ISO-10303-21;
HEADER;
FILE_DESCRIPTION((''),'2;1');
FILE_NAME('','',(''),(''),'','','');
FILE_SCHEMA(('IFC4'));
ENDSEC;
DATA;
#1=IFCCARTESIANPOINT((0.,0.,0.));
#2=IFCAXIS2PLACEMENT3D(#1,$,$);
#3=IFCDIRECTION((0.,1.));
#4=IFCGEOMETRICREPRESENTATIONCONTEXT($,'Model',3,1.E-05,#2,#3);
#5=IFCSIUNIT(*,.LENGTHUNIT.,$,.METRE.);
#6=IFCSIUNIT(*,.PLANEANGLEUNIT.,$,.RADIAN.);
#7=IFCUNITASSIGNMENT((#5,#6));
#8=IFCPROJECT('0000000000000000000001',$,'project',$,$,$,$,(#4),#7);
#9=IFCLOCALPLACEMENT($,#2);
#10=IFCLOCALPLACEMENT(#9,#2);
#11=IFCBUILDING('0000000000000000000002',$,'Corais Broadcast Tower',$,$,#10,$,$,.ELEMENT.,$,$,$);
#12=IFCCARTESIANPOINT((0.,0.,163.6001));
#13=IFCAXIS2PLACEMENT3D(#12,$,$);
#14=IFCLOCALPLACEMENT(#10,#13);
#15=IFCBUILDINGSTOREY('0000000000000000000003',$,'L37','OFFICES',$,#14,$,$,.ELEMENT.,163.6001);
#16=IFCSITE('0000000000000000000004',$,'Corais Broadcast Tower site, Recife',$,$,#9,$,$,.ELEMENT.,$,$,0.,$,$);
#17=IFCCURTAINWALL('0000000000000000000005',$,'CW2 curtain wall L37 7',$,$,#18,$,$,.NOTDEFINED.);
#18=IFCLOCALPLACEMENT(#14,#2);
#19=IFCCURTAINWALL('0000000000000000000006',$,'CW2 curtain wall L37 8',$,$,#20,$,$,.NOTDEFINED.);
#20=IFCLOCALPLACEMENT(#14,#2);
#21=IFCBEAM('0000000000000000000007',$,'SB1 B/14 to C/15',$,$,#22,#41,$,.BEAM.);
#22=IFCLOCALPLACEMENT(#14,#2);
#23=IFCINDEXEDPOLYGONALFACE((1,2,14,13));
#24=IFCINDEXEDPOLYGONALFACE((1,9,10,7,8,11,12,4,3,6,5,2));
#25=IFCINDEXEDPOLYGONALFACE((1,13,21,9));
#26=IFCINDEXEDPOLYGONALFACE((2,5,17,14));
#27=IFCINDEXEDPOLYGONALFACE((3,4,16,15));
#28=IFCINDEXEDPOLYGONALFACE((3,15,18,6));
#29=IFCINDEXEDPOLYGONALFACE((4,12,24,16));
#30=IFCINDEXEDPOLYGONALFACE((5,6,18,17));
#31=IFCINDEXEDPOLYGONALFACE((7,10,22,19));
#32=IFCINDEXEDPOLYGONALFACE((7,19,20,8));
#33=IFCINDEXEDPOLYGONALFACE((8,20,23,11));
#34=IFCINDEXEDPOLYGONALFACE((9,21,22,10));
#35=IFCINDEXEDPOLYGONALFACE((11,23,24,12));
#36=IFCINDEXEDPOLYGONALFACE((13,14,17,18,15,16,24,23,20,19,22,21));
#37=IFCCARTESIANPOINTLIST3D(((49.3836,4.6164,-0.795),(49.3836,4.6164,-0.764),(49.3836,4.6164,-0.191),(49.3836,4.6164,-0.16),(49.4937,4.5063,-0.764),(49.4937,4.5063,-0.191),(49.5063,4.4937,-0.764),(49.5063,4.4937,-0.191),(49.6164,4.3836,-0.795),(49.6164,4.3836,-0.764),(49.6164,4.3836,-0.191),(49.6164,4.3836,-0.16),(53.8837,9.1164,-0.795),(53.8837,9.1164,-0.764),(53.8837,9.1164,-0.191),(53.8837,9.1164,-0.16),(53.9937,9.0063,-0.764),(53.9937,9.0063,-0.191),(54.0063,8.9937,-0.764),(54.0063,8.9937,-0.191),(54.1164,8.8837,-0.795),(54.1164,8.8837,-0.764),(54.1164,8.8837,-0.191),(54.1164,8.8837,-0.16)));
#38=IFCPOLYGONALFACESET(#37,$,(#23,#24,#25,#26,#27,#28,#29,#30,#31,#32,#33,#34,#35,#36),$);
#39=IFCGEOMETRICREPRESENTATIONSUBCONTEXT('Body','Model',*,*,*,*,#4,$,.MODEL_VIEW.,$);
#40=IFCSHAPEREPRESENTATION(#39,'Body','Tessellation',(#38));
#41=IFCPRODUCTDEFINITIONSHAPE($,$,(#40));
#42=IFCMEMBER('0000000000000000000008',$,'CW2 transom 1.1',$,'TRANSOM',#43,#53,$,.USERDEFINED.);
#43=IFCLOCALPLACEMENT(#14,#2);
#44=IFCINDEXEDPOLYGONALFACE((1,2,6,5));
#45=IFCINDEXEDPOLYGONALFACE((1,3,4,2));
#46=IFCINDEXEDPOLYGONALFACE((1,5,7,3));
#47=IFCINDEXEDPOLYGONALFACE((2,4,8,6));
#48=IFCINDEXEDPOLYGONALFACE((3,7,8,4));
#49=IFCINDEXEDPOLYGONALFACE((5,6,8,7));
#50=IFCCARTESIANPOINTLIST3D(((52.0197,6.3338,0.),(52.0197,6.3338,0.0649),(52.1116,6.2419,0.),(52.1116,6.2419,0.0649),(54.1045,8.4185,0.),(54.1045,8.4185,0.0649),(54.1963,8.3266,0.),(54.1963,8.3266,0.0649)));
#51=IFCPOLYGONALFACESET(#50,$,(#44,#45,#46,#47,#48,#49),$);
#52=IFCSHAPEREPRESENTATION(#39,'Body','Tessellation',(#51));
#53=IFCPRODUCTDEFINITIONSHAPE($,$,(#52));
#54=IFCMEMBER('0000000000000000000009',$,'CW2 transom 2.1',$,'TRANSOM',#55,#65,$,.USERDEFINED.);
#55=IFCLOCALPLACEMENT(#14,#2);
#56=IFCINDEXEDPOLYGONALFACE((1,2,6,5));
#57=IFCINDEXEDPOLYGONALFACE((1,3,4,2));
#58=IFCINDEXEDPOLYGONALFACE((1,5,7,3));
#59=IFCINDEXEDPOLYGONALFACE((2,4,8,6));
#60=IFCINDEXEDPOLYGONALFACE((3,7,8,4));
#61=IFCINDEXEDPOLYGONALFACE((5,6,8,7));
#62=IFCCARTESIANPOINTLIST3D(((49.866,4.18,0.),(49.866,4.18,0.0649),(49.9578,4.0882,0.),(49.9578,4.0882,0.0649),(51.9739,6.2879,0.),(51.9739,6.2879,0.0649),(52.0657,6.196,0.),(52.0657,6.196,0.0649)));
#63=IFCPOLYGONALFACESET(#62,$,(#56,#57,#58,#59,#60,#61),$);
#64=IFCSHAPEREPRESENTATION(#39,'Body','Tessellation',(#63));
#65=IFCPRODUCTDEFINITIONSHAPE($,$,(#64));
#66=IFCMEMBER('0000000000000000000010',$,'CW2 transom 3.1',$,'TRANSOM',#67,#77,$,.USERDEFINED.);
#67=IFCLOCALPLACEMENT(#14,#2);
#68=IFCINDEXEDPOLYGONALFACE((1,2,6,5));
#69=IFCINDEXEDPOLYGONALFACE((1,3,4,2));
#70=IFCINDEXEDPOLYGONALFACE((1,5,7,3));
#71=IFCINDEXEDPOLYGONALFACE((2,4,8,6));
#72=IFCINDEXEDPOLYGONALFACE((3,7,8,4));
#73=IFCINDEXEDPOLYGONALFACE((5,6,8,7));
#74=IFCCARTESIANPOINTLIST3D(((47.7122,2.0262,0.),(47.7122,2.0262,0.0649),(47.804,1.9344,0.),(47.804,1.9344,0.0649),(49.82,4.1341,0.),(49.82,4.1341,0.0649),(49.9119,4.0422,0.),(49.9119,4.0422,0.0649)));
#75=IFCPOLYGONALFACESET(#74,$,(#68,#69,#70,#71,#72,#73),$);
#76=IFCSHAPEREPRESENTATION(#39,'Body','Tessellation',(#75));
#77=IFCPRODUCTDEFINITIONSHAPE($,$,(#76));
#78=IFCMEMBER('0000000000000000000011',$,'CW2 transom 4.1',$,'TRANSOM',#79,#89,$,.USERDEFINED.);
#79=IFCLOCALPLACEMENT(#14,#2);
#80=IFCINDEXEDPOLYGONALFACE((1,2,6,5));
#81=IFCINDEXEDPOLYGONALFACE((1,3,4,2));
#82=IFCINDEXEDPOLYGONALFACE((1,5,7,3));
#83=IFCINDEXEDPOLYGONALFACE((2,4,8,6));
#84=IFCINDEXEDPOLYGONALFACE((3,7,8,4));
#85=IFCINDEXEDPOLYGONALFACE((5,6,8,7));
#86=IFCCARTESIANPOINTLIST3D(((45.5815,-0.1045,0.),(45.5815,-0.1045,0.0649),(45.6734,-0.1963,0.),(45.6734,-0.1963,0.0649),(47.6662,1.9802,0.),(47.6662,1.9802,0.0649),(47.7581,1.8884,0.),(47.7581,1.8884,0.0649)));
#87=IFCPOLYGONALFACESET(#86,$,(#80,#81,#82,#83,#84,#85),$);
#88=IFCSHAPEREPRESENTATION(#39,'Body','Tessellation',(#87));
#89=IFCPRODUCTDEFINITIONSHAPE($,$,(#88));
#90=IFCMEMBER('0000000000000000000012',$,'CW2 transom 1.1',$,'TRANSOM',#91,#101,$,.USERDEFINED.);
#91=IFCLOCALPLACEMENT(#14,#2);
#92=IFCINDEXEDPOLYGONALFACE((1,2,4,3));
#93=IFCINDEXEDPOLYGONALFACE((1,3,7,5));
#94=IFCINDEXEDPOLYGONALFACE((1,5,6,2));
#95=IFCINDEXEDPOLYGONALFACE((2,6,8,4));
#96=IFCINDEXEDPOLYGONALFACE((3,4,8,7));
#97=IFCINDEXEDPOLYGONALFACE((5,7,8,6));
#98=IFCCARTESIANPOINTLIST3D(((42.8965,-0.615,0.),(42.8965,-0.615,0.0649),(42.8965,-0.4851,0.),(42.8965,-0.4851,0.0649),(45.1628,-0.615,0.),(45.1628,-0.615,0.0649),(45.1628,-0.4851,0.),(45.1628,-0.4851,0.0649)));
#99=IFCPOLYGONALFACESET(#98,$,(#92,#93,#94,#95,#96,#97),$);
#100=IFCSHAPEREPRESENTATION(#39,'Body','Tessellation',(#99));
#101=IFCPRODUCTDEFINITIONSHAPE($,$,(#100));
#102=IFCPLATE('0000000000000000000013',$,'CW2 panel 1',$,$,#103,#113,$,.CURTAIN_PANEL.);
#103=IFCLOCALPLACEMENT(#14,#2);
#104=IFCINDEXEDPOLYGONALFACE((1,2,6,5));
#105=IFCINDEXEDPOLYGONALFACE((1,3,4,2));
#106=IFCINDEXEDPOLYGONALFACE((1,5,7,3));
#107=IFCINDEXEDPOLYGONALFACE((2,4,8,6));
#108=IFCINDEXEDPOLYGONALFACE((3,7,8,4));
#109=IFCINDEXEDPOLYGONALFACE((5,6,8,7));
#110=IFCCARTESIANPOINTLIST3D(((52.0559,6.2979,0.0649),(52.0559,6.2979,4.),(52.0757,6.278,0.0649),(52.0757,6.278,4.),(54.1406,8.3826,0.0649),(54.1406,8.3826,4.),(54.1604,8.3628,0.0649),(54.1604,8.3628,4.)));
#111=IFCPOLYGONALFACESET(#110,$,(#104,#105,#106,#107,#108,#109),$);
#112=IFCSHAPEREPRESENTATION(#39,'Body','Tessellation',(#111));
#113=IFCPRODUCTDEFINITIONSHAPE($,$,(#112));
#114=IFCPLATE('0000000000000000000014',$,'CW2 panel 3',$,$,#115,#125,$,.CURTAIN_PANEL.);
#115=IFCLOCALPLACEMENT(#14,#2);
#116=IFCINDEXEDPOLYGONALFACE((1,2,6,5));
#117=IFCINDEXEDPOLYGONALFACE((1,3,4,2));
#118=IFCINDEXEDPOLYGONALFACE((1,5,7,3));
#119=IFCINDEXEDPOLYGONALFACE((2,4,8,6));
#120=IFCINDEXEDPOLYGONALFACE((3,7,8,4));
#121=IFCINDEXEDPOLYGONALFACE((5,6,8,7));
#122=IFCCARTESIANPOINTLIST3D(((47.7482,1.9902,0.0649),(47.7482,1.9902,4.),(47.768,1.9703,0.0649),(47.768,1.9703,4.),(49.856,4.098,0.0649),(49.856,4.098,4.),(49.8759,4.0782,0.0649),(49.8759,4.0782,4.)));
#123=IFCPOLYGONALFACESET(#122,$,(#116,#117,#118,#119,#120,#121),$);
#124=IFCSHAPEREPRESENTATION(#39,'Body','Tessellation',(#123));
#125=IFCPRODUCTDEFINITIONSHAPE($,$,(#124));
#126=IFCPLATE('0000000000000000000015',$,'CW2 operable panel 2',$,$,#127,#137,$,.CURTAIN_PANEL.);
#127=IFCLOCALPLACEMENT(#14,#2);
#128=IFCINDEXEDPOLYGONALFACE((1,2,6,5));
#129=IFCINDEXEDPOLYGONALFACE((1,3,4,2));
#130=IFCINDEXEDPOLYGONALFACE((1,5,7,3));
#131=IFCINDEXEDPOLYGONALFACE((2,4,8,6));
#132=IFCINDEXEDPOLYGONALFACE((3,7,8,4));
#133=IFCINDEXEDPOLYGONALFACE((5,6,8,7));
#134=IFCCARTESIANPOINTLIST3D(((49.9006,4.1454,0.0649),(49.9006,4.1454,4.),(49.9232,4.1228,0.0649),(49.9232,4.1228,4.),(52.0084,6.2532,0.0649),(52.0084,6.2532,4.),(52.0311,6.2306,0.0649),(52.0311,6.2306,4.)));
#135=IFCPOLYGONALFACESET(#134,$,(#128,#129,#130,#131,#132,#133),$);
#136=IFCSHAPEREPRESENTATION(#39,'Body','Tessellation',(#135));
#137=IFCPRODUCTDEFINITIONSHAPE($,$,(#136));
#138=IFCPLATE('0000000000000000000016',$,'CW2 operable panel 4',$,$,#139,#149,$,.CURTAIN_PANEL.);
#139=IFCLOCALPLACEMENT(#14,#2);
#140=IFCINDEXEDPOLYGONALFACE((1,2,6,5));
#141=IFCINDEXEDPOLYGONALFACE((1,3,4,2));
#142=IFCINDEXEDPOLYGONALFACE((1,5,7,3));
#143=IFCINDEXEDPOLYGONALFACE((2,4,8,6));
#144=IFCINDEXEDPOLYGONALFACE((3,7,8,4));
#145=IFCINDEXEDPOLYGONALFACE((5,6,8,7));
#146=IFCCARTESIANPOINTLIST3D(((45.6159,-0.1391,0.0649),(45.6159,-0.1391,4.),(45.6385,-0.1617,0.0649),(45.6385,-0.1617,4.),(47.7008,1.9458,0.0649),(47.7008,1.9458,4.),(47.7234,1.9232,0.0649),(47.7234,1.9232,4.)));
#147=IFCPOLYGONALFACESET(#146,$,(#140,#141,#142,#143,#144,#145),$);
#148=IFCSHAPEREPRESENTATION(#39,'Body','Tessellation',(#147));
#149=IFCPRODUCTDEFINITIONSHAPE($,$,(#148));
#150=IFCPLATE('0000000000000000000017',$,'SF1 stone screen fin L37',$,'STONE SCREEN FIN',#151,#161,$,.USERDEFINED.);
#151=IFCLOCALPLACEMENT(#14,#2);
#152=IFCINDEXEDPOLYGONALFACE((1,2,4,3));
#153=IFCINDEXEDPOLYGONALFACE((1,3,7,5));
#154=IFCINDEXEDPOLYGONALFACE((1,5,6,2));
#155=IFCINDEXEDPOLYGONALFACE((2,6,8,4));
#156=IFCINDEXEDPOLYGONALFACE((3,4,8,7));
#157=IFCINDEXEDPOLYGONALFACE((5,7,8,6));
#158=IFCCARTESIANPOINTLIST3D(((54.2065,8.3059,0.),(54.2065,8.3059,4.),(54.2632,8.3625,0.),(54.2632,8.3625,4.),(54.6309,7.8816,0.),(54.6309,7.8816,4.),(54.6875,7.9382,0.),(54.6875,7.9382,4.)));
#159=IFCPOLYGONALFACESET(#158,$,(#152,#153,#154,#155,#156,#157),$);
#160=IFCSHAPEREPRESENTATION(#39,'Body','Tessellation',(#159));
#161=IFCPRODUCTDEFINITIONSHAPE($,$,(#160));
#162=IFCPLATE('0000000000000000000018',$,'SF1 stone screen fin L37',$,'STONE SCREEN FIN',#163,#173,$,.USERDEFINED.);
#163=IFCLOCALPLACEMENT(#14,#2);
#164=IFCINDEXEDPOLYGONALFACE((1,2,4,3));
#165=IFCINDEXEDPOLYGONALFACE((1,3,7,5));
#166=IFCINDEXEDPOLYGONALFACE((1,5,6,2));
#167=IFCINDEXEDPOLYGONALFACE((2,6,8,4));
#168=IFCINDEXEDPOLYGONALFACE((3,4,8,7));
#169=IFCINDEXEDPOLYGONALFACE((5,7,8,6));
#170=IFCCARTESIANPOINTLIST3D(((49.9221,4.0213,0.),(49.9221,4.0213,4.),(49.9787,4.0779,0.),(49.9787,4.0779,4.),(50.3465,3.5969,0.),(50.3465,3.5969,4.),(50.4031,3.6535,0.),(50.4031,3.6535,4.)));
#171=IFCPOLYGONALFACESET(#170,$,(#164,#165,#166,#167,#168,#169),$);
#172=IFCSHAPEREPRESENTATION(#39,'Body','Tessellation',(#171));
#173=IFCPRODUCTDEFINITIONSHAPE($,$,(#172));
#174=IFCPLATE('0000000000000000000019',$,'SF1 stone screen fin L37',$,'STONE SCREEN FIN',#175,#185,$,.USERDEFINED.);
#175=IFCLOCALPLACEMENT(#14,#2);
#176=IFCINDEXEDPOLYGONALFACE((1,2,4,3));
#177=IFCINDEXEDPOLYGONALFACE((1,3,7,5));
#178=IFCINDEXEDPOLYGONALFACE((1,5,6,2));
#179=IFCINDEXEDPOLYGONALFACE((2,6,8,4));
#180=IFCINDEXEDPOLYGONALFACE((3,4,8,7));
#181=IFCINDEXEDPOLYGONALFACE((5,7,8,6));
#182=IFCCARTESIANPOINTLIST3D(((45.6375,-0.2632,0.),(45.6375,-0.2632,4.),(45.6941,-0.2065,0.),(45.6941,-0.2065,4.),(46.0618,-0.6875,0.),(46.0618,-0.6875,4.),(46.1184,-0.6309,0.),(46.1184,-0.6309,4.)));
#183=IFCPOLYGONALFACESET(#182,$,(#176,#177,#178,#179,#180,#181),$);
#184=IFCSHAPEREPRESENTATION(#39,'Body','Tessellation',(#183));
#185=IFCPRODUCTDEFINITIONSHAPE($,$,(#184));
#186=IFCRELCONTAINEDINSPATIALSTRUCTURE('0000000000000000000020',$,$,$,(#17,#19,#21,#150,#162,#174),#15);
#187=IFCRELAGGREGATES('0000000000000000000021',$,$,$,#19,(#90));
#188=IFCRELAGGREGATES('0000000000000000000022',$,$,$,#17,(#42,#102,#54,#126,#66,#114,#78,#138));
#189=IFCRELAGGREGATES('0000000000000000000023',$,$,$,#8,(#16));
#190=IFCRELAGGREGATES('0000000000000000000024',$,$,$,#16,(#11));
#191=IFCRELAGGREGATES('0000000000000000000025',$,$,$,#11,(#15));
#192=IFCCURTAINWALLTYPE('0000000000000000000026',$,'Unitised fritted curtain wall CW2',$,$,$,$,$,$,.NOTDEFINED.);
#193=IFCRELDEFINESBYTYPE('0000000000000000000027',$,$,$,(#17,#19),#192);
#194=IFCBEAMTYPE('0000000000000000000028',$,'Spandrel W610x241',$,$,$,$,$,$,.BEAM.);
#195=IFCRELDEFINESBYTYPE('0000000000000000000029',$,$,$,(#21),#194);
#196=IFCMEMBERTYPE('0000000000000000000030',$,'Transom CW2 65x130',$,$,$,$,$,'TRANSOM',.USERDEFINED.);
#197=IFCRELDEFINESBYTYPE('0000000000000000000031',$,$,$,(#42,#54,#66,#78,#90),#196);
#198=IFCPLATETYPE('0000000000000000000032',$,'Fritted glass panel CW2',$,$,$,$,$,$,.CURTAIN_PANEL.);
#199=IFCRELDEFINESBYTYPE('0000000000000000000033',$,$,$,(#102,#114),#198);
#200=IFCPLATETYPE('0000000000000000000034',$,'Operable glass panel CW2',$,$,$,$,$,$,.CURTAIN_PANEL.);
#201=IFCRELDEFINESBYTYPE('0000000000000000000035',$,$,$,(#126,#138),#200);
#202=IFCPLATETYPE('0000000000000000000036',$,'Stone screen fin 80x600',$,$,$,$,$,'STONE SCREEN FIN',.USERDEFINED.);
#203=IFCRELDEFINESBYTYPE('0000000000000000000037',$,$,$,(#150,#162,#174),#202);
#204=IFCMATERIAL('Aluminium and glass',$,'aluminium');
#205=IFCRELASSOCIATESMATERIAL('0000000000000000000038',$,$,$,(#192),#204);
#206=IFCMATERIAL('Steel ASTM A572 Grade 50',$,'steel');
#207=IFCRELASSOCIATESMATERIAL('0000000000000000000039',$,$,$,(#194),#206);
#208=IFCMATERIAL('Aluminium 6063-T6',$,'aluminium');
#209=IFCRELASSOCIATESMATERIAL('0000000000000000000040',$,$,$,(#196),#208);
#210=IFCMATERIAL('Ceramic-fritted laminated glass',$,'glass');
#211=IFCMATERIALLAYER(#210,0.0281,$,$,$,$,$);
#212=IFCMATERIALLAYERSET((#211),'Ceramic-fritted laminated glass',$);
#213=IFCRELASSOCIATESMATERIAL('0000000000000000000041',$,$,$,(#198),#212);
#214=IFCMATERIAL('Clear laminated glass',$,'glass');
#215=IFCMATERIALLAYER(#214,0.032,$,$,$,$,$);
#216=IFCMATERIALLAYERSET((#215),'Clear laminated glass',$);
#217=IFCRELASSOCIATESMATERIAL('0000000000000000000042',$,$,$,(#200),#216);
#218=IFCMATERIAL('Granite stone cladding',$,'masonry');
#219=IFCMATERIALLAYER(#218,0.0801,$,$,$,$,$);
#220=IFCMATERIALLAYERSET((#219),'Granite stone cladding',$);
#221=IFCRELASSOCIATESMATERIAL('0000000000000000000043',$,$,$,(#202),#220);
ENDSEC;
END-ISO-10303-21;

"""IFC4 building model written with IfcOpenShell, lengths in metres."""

from ifc_helpers import new_model, si_unit, direction, frame, origin, origin_2d, place, context, subcontext, project, spatial, rectangle, i_section, extrude, material, layer, layer_set, material_profile, profile_set, type_object, element, aggregate, save


model = new_model("IFC4")

# Units and contexts
model_context = context("Model", 3, precision=1e-05, world=origin(), true_north=direction((0.0, 1.0)))
body_context = subcontext(model_context, "Body", "Model", "MODEL_VIEW")
ifc_project = project(units=[si_unit("LENGTHUNIT", "METRE"), si_unit("PLANEANGLEUNIT", "RADIAN")], contexts=[model_context])

# Site, building, storey
site_placement = place(None, origin())
site = spatial("IfcSite", under=ifc_project, at=site_placement, Name="Corais Broadcast Tower site, Recife", CompositionType="ELEMENT", RefElevation=0.0)
building_placement = place(site_placement, origin())
building = spatial("IfcBuilding", under=site, at=building_placement, Name="Corais Broadcast Tower", CompositionType="ELEMENT")
storey_placement = place(building_placement, frame((0.0, 0.0, 163.6001)))
storey = spatial("IfcBuildingStorey", under=building, at=storey_placement, Name="L37", Description="OFFICES", CompositionType="ELEMENT", Elevation=163.6001)

# Shared definitions
ifc_material_1 = material(Name="Aluminium and glass", Category="aluminium")
curtain_wall_type = type_object("IfcCurtainWallType", Name="Unitised fritted curtain wall CW2", PredefinedType="NOTDEFINED", material=ifc_material_1)

# Curtain wall
curtain_wall_1_placement = place(storey_placement, origin())
curtain_wall_1 = element("IfcCurtainWall", 1, at=curtain_wall_1_placement, inside=storey, type_object=curtain_wall_type, Name="CW2 curtain wall L37 7", PredefinedType="NOTDEFINED")

# Curtain wall
curtain_wall_2_placement = place(storey_placement, origin())
curtain_wall_2 = element("IfcCurtainWall", 2, at=curtain_wall_2_placement, inside=storey, type_object=curtain_wall_type, Name="CW2 curtain wall L37 8", PredefinedType="NOTDEFINED")

# Beam
ifc_material_2 = material(Name="Steel ASTM A572 Grade 50", Category="steel")
ifc_material_profile_1 = material_profile(ifc_material_2, i_section(OverallWidth=0.3291, OverallDepth=0.635, WebThickness=0.0178, FlangeThickness=0.031, at=origin_2d()), Name="W610x241")
ifc_profile_set_1 = profile_set([ifc_material_profile_1], Name="Steel ASTM A572 Grade 50")
beam_type_1 = type_object("IfcBeamType", Name="Spandrel W610x241", PredefinedType="BEAM", material=ifc_profile_set_1)
beam_1_placement = place(storey_placement, frame((49.5, 4.5, -0.4775), z_axis=(0.707107, 0.707107, 0.0), x_axis=(-0.707107, 0.707107, 0.0)))
element("IfcBeam", 3, at=beam_1_placement, inside=storey, type_object=beam_type_1, Name="SB1 B/14 to C/15", PredefinedType="BEAM", context=body_context, shape_type="SweptSolid", body=[
    extrude(i_section(OverallWidth=0.3291, OverallDepth=0.635, WebThickness=0.0178, FlangeThickness=0.031, at=origin_2d()), origin(), (0.0, 0.0, 1.0), 6.364),
])

# Members
ifc_material_3 = material(Name="Aluminium 6063-T6", Category="aluminium")
ifc_material_profile_2 = material_profile(ifc_material_3, rectangle(XDim=0.1299, YDim=0.0649, at=origin_2d()), Name="Transom CW2 65x130")
ifc_profile_set_2 = profile_set([ifc_material_profile_2], Name="Aluminium 6063-T6")
member_type_1 = type_object("IfcMemberType", Name="Transom CW2 65x130", ElementType="TRANSOM", PredefinedType="USERDEFINED", material=ifc_profile_set_2)
member_1_placement = place(storey_placement, frame((54.1504, 8.3726, 0.0325), z_axis=(-0.707107, -0.707107, 0.0), x_axis=(0.707107, -0.707107, 0.0)))
member_1 = element("IfcMember", 4, at=member_1_placement, type_object=member_type_1, Name="CW2 transom 1.1", ObjectType="TRANSOM", PredefinedType="USERDEFINED", context=body_context, shape_type="SweptSolid", body=[
    extrude(rectangle(XDim=0.1299, YDim=0.0649, at=origin_2d()), origin(), (0.0, 0.0, 1.0), 2.9482),
])
member_2_placement = place(storey_placement, frame((52.0198, 6.2419, 0.0325), z_axis=(-0.707107, -0.707107, 0.0), x_axis=(0.707107, -0.707107, 0.0)))
member_2 = element("IfcMember", 5, at=member_2_placement, type_object=member_type_1, Name="CW2 transom 2.1", ObjectType="TRANSOM", PredefinedType="USERDEFINED", context=body_context, shape_type="SweptSolid", body=[
    extrude(rectangle(XDim=0.1299, YDim=0.0649, at=origin_2d()), origin(), (0.0, 0.0, 1.0), 2.981),
])
member_3_placement = place(storey_placement, frame((49.866, 4.0881, 0.0325), z_axis=(-0.707107, -0.707107, 0.0), x_axis=(0.707107, -0.707107, 0.0)))
member_3 = element("IfcMember", 6, at=member_3_placement, type_object=member_type_1, Name="CW2 transom 3.1", ObjectType="TRANSOM", PredefinedType="USERDEFINED", context=body_context, shape_type="SweptSolid", body=[
    extrude(rectangle(XDim=0.1299, YDim=0.0649, at=origin_2d()), origin(), (0.0, 0.0, 1.0), 2.981),
])
member_4_placement = place(storey_placement, frame((47.7122, 1.9343, 0.0325), z_axis=(-0.707107, -0.707107, 0.0), x_axis=(0.707107, -0.707107, 0.0)))
member_4 = element("IfcMember", 7, at=member_4_placement, type_object=member_type_1, Name="CW2 transom 4.1", ObjectType="TRANSOM", PredefinedType="USERDEFINED", context=body_context, shape_type="SweptSolid", body=[
    extrude(rectangle(XDim=0.1299, YDim=0.0649, at=origin_2d()), origin(), (0.0, 0.0, 1.0), 2.9482),
])
member_5_placement = place(storey_placement, frame((45.1628, -0.55, 0.0325), z_axis=(-1.0, 0.0, 0.0), x_axis=(0.0, -1.0, 0.0)))
member_5 = element("IfcMember", 8, at=member_5_placement, type_object=member_type_1, Name="CW2 transom 1.1", ObjectType="TRANSOM", PredefinedType="USERDEFINED", context=body_context, shape_type="SweptSolid", body=[
    extrude(rectangle(XDim=0.1299, YDim=0.0649, at=origin_2d()), origin(), (0.0, 0.0, 1.0), 2.2664),
])
aggregate(curtain_wall_2, [member_5])

# Plates
ifc_material_4 = material(Name="Ceramic-fritted laminated glass", Category="glass")
ifc_layer_1 = layer(ifc_material_4, 0.0281)
ifc_layer_set_1 = layer_set([ifc_layer_1], Name="Ceramic-fritted laminated glass")
plate_type_1 = type_object("IfcPlateType", Name="Fritted glass panel CW2", PredefinedType="CURTAIN_PANEL", material=ifc_layer_set_1)
plate_1_placement = place(storey_placement, frame((53.1082, 7.3303, 0.0649), z_axis=(0.0, 0.0, 1.0), x_axis=(-0.707107, -0.707107, 0.0)))
plate_1 = element("IfcPlate", 9, at=plate_1_placement, type_object=plate_type_1, Name="CW2 panel 1", PredefinedType="CURTAIN_PANEL", context=body_context, shape_type="SweptSolid", body=[
    extrude(rectangle(XDim=2.9482, YDim=0.0281, at=origin_2d()), origin(), (0.0, 0.0, 1.0), 3.9351),
])
plate_2_placement = place(storey_placement, frame((48.812, 3.0342, 0.0649), z_axis=(0.0, 0.0, 1.0), x_axis=(-0.707107, -0.707107, 0.0)))
plate_2 = element("IfcPlate", 10, at=plate_2_placement, type_object=plate_type_1, Name="CW2 panel 3", PredefinedType="CURTAIN_PANEL", context=body_context, shape_type="SweptSolid", body=[
    extrude(rectangle(XDim=2.981, YDim=0.0281, at=origin_2d()), origin(), (0.0, 0.0, 1.0), 3.9351),
])
ifc_material_5 = material(Name="Clear laminated glass", Category="glass")
ifc_layer_2 = layer(ifc_material_5, 0.032)
ifc_layer_set_2 = layer_set([ifc_layer_2], Name="Clear laminated glass")
plate_type_2 = type_object("IfcPlateType", Name="Operable glass panel CW2", PredefinedType="CURTAIN_PANEL", material=ifc_layer_set_2)
plate_3_placement = place(storey_placement, frame((50.9658, 5.188, 0.0649), z_axis=(0.0, 0.0, 1.0), x_axis=(-0.707107, -0.707107, 0.0)))
plate_3 = element("IfcPlate", 11, at=plate_3_placement, type_object=plate_type_2, Name="CW2 operable panel 2", PredefinedType="CURTAIN_PANEL", context=body_context, shape_type="SweptSolid", body=[
    extrude(rectangle(XDim=2.981, YDim=0.032, at=origin_2d()), origin(), (0.0, 0.0, 1.0), 3.9351),
])
plate_4_placement = place(storey_placement, frame((46.6697, 0.8921, 0.0649), z_axis=(0.0, 0.0, 1.0), x_axis=(-0.707107, -0.707107, 0.0)))
plate_4 = element("IfcPlate", 12, at=plate_4_placement, type_object=plate_type_2, Name="CW2 operable panel 4", PredefinedType="CURTAIN_PANEL", context=body_context, shape_type="SweptSolid", body=[
    extrude(rectangle(XDim=2.9485, YDim=0.032, at=origin_2d()), origin(), (0.0, 0.0, 1.0), 3.9351),
])
aggregate(curtain_wall_1, [member_1, plate_1, member_2, plate_3, member_3, plate_2, member_4, plate_4])

# Plates
ifc_material_6 = material(Name="Granite stone cladding", Category="masonry")
ifc_layer_3 = layer(ifc_material_6, 0.0801)
ifc_layer_set_3 = layer_set([ifc_layer_3], Name="Granite stone cladding")
plate_type_3 = type_object("IfcPlateType", Name="Stone screen fin 80x600", ElementType="STONE SCREEN FIN", PredefinedType="USERDEFINED", material=ifc_layer_set_3)
for number, where, z_axis, x_axis, name in (
    (13, (54.447, 8.1221, 0.0), (0.0, 0.0, 1.0), (-0.707107, -0.707107, 0.0), "SF1 stone screen fin L37"),
    (14, (50.1626, 3.8374, 0.0), (0.0, 0.0, 1.0), (-0.707107, -0.707107, 0.0), "SF1 stone screen fin L37"),
    (15, (45.8779, -0.447, 0.0), (0.0, 0.0, 1.0), (-0.707107, -0.707107, 0.0), "SF1 stone screen fin L37"),
):
    element("IfcPlate", number, at=place(storey_placement, frame(where, z_axis=z_axis, x_axis=x_axis)), inside=storey, type_object=plate_type_3, Name=name, ObjectType="STONE SCREEN FIN", PredefinedType="USERDEFINED", context=body_context, shape_type="SweptSolid", body=[
        extrude(rectangle(XDim=0.0801, YDim=0.6001, at=origin_2d()), origin(), (0.0, 0.0, 1.0), 4.0),
    ])

save(model, "model.ifc")
